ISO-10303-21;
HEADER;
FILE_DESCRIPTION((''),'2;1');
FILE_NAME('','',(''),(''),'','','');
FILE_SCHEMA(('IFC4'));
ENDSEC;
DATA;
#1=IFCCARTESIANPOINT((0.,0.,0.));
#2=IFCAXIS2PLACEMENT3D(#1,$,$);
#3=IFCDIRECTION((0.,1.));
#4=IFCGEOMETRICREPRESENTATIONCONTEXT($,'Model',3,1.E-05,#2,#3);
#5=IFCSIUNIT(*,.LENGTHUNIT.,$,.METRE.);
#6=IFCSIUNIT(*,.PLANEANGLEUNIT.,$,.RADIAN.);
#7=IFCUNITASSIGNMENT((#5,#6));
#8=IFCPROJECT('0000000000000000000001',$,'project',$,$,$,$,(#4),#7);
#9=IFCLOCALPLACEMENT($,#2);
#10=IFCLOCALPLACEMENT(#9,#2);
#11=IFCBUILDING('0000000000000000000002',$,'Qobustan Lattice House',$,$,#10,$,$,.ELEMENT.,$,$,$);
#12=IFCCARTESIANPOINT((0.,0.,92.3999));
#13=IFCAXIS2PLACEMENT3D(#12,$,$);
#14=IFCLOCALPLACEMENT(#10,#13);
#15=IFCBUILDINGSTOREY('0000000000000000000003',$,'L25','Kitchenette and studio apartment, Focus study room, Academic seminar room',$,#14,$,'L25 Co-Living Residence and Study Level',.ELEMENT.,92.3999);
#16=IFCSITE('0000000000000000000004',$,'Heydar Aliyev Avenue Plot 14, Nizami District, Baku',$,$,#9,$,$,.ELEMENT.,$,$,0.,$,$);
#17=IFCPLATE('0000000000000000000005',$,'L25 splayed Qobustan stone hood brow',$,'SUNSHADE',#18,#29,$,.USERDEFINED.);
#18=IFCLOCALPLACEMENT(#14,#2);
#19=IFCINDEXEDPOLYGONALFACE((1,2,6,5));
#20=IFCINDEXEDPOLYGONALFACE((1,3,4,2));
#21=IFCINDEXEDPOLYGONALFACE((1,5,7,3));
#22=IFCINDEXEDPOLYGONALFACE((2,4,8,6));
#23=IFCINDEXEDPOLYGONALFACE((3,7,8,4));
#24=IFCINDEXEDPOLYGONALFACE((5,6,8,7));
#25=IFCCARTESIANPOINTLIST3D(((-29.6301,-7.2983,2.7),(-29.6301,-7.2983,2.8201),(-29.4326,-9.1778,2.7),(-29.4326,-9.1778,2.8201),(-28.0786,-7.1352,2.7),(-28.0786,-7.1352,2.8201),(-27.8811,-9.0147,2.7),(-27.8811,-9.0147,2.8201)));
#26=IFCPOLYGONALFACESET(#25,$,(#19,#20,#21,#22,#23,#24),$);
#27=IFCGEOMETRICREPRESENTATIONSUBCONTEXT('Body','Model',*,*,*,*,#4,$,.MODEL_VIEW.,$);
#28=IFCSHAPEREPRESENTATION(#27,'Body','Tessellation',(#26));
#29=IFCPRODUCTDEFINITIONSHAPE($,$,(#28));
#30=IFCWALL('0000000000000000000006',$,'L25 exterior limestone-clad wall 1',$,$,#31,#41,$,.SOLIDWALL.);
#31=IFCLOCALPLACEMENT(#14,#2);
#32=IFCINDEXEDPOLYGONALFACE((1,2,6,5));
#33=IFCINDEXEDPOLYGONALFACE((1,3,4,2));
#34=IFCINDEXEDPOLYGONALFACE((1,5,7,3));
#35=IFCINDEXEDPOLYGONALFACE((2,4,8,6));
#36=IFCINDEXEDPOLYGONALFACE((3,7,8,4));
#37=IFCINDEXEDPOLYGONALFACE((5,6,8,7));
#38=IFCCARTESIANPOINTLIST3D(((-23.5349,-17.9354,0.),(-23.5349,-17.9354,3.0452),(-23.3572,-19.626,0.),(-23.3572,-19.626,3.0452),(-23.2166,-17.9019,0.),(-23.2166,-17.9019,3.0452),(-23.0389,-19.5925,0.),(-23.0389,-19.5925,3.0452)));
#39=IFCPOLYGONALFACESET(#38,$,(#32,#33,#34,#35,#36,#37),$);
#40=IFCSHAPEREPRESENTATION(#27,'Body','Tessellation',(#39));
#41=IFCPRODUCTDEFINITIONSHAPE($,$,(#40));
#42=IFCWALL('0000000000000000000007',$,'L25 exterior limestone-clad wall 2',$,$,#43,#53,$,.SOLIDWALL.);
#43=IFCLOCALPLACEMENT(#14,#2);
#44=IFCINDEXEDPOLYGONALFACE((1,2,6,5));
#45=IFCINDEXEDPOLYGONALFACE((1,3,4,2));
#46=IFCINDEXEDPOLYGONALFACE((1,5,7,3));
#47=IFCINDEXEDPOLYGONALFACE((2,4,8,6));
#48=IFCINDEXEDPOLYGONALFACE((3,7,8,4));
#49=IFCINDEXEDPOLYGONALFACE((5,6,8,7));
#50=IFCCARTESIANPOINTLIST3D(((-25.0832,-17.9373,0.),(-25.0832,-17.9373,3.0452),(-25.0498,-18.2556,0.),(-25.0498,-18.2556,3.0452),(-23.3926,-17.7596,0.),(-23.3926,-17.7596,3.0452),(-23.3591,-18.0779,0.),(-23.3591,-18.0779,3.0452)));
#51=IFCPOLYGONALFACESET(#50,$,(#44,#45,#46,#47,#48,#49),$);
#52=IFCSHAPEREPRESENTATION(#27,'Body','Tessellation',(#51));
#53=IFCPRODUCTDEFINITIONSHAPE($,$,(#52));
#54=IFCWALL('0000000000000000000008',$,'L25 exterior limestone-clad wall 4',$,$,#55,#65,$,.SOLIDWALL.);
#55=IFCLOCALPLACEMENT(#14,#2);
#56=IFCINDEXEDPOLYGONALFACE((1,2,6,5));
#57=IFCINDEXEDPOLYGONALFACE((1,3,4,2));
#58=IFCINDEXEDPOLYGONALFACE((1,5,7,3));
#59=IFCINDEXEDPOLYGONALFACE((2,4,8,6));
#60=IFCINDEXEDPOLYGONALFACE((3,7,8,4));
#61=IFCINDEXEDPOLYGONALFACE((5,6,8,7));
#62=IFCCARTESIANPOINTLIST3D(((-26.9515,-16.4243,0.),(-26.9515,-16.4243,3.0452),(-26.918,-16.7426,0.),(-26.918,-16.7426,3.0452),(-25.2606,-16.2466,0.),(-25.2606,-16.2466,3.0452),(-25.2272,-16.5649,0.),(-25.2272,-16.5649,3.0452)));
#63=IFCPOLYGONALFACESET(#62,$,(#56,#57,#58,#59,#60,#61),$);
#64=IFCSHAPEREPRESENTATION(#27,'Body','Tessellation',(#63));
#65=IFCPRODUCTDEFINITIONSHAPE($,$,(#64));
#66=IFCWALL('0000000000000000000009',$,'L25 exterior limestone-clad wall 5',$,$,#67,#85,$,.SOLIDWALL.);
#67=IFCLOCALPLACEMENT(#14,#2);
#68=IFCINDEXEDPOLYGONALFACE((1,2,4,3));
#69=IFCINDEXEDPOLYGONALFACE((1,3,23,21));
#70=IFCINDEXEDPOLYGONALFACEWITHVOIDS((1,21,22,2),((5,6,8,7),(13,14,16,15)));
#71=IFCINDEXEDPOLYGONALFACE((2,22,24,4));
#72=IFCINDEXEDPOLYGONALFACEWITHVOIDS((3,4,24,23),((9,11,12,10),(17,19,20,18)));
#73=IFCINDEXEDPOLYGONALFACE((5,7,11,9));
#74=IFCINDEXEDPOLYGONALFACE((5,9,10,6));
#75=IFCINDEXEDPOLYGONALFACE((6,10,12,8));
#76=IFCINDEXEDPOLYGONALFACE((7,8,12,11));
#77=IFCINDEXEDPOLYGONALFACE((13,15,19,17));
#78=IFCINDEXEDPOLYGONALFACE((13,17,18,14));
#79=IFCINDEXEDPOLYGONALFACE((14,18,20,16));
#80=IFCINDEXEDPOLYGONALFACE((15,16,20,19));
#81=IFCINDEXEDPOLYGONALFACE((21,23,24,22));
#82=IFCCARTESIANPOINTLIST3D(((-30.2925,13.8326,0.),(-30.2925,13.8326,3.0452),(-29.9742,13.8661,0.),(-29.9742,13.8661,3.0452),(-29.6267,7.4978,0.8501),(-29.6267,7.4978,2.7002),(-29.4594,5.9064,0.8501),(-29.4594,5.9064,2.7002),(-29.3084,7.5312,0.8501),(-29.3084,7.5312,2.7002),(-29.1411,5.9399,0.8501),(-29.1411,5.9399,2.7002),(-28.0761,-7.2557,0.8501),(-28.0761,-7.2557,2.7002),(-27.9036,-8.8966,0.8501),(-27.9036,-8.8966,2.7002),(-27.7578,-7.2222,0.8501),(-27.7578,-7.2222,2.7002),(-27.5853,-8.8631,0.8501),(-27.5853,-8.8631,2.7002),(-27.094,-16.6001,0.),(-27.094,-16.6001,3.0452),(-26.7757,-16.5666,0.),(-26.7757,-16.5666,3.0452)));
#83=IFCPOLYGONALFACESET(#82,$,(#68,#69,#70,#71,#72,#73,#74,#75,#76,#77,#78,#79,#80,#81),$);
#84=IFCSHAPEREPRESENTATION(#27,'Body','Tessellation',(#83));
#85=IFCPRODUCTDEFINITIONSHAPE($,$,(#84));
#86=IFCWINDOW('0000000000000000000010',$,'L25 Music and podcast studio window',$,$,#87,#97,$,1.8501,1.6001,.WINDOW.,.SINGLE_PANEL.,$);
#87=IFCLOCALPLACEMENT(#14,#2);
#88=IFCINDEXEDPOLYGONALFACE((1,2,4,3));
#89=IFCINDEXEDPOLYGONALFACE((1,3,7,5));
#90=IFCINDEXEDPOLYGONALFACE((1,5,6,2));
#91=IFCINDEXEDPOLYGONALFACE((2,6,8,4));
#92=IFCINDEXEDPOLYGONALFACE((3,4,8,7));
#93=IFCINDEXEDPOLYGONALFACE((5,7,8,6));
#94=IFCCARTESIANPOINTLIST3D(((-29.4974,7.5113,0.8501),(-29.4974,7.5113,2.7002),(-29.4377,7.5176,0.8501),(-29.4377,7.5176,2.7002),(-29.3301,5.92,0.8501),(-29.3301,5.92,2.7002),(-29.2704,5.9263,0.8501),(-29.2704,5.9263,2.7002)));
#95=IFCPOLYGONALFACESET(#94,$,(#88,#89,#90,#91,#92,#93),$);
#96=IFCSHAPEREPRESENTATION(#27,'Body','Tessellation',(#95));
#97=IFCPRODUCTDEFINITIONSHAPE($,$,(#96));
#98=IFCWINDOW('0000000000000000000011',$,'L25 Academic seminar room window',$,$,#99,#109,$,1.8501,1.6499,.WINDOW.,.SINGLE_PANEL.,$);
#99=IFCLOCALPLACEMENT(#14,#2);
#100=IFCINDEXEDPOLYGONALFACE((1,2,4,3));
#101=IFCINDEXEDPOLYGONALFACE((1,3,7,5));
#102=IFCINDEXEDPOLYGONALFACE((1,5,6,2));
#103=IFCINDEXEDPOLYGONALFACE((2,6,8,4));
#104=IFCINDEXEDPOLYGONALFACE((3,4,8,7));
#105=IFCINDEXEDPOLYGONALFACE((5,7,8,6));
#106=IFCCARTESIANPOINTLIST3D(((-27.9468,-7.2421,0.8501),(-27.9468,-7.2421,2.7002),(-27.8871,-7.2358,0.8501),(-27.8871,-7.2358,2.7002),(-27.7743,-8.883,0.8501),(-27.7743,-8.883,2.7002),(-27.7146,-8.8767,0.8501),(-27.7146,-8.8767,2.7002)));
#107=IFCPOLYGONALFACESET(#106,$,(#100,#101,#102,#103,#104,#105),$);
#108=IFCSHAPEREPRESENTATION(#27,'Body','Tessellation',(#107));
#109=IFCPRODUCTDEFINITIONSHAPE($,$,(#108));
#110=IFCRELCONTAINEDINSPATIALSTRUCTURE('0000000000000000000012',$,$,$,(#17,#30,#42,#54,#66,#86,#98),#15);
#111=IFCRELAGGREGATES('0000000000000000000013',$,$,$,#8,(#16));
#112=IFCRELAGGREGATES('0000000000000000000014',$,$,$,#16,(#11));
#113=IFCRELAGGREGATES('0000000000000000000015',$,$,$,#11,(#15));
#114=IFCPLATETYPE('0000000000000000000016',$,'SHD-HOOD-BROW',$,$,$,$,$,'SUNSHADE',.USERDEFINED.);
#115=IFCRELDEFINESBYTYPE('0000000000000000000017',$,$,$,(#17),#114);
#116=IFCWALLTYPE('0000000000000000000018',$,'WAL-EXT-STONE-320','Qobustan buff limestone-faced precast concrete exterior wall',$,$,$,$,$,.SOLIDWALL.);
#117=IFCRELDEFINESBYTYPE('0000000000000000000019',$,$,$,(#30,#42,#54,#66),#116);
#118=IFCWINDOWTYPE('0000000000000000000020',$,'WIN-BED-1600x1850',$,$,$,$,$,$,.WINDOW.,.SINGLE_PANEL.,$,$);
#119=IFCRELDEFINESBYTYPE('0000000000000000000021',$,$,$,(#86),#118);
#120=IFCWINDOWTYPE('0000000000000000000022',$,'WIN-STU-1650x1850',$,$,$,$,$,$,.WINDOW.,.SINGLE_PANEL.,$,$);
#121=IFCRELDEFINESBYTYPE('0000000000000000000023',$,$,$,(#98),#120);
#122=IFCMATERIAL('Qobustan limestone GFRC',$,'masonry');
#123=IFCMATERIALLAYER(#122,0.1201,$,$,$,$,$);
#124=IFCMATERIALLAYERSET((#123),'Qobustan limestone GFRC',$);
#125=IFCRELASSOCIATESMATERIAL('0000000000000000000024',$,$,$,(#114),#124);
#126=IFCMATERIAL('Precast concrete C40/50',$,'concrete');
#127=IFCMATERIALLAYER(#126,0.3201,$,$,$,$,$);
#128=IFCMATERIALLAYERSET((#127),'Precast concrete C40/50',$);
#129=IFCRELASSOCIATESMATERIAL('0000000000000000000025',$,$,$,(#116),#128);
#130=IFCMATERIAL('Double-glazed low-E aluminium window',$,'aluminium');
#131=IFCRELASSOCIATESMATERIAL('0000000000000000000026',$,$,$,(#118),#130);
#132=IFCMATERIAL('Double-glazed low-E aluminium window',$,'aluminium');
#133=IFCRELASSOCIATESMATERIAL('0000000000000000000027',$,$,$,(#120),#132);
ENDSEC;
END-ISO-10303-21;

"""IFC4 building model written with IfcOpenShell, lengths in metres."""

from ifc_helpers import new_model, si_unit, direction, frame, frame_2d, origin, origin_2d, place, context, subcontext, project, spatial, rectangle, extrude, material, layer, layer_set, type_object, element, fill, save


model = new_model("IFC4")

# Units and contexts
model_context = context("Model", 3, precision=1e-05, world=origin(), true_north=direction((0.0, 1.0)))
body_context = subcontext(model_context, "Body", "Model", "MODEL_VIEW")
ifc_project = project(units=[si_unit("LENGTHUNIT", "METRE"), si_unit("PLANEANGLEUNIT", "RADIAN")], contexts=[model_context])

# Site, building, storey
site_placement = place(None, origin())
site = spatial("IfcSite", under=ifc_project, at=site_placement, Name="Heydar Aliyev Avenue Plot 14, Nizami District, Baku", CompositionType="ELEMENT", RefElevation=0.0)
building_placement = place(site_placement, origin())
building = spatial("IfcBuilding", under=site, at=building_placement, Name="Qobustan Lattice House", CompositionType="ELEMENT")
storey_placement = place(building_placement, frame((0.0, 0.0, 92.3999)))
storey = spatial("IfcBuildingStorey", under=building, at=storey_placement, Name="L25", Description="Kitchenette and studio apartment, Focus study room, Academic seminar room", LongName="L25 Co-Living Residence and Study Level", CompositionType="ELEMENT", Elevation=92.3999)

# Plate
ifc_material_1 = material(Name="Qobustan limestone GFRC", Category="masonry")
ifc_layer_1 = layer(ifc_material_1, 0.1201)
ifc_layer_set_1 = layer_set([ifc_layer_1], Name="Qobustan limestone GFRC")
plate_type_1 = type_object("IfcPlateType", Name="SHD-HOOD-BROW", ElementType="SUNSHADE", PredefinedType="USERDEFINED", material=ifc_layer_set_1)
plate_1_placement = place(storey_placement, frame((-28.7556, -8.1565, 2.7), z_axis=(0.0, 0.0, 1.0), x_axis=(-0.104528, 0.994522, 0.0)))
element("IfcPlate", 1, at=plate_1_placement, inside=storey, type_object=plate_type_1, Name="L25 splayed Qobustan stone hood brow", ObjectType="SUNSHADE", PredefinedType="USERDEFINED", context=body_context, shape_type="SweptSolid", body=[
    extrude(rectangle(XDim=1.8899, YDim=1.5601, at=origin_2d()), origin(), (0.0, 0.0, 1.0), 0.1201),
])

# Walls
ifc_material_2 = material(Name="Precast concrete C40/50", Category="concrete")
ifc_layer_2 = layer(ifc_material_2, 0.3201)
ifc_layer_set_2 = layer_set([ifc_layer_2], Name="Precast concrete C40/50")
wall_type = type_object("IfcWallType", Name="WAL-EXT-STONE-320", Description="Qobustan buff limestone-faced precast concrete exterior wall", PredefinedType="SOLIDWALL", material=ifc_layer_set_2)
for number, where, z_axis, x_axis, name in (
    (2, (-23.198, -19.6094, 0.0), (0.0, 0.0, 1.0), (-0.10455, 0.99452, 0.0), "L25 exterior limestone-clad wall 1"),
    (3, (-23.3757, -17.9187, 0.0), (0.0, 0.0, 1.0), (-0.99452, -0.10455, 0.0), "L25 exterior limestone-clad wall 2"),
):
    element("IfcWall", number, at=place(storey_placement, frame(where, z_axis=z_axis, x_axis=x_axis)), inside=storey, type_object=wall_type, Name=name, PredefinedType="SOLIDWALL", context=body_context, shape_type="SweptSolid", body=[
        extrude(rectangle(XDim=1.7, YDim=0.3201, at=frame_2d((0.8501, 0.0))), origin(), (0.0, 0.0, 1.0), 3.0452),
    ])
wall_1_placement = place(storey_placement, frame((-25.2439, -16.4058, 0.0), z_axis=(0.0, 0.0, 1.0), x_axis=(-0.994521, -0.104535, 0.0)))
element("IfcWall", 4, at=wall_1_placement, inside=storey, type_object=wall_type, Name="L25 exterior limestone-clad wall 4", PredefinedType="SOLIDWALL", context=body_context, shape_type="SweptSolid", body=[
    extrude(rectangle(XDim=1.7002, YDim=0.3201, at=frame_2d((0.8501, 0.0))), origin(), (0.0, 0.0, 1.0), 3.0452),
])

# Wall, openings, windows
wall_2_placement = place(storey_placement, frame((-26.9348, -16.5835, 0.0), z_axis=(0.0, 0.0, 1.0), x_axis=(-0.104525, 0.994522, 0.0)))
wall_2 = element("IfcWall", 5, at=wall_2_placement, inside=storey, type_object=wall_type, Name="L25 exterior limestone-clad wall 5", PredefinedType="SOLIDWALL", context=body_context, shape_type="SweptSolid", body=[
    extrude(rectangle(XDim=30.6003, YDim=0.3201, at=frame_2d((15.3003, 0.0))), origin(), (0.0, 0.0, 1.0), 3.0452),
])
opening_1_placement = place(wall_2_placement, frame((7.7461, 0.0, 0.8501)))
opening_1 = element("IfcOpeningElement", 6, at=opening_1_placement, cuts=wall_2, PredefinedType="OPENING", context=body_context, shape_type="SweptSolid", body=[
    extrude(rectangle(XDim=1.6499, YDim=1.8501, at=frame_2d((0.825, 0.925))), frame((0.0, 0.1699, 0.0), z_axis=(0.0, -1.0, 0.0), x_axis=(1.0, 0.0, 0.0)), (0.0, 0.0, 1.0), 0.3401),
])
opening_2_placement = place(wall_2_placement, frame((22.6306, 0.0, 0.8501)))
opening_2 = element("IfcOpeningElement", 7, at=opening_2_placement, cuts=wall_2, PredefinedType="OPENING", context=body_context, shape_type="SweptSolid", body=[
    extrude(rectangle(XDim=1.6001, YDim=1.8501, at=frame_2d((0.8, 0.925))), frame((0.0, 0.1699, 0.0), z_axis=(0.0, -1.0, 0.0), x_axis=(1.0, 0.0, 0.0)), (0.0, 0.0, 1.0), 0.3401),
])
ifc_material_3 = material(Name="Double-glazed low-E aluminium window", Category="aluminium")
window_type_1 = type_object("IfcWindowType", Name="WIN-BED-1600x1850", PartitioningType="SINGLE_PANEL", PredefinedType="WINDOW", material=ifc_material_3)
window_1_placement = place(opening_2_placement, origin())
window_1 = element("IfcWindow", 8, at=window_1_placement, inside=storey, type_object=window_type_1, Name="L25 Music and podcast studio window", OverallHeight=1.8501, OverallWidth=1.6001, PartitioningType="SINGLE_PANEL", PredefinedType="WINDOW", context=body_context, shape_type="SweptSolid", body=[
    extrude(rectangle(XDim=1.6001, YDim=1.8501, at=frame_2d((0.8, 0.925))), frame((0.0, 0.03, 0.0), z_axis=(0.0, -1.0, 0.0), x_axis=(1.0, 0.0, 0.0)), (0.0, 0.0, 1.0), 0.0601),
])
fill(opening_2, window_1)
ifc_material_4 = material(Name="Double-glazed low-E aluminium window", Category="aluminium")
window_type_2 = type_object("IfcWindowType", Name="WIN-STU-1650x1850", PartitioningType="SINGLE_PANEL", PredefinedType="WINDOW", material=ifc_material_4)
window_2_placement = place(opening_1_placement, origin())
window_2 = element("IfcWindow", 9, at=window_2_placement, inside=storey, type_object=window_type_2, Name="L25 Academic seminar room window", OverallHeight=1.8501, OverallWidth=1.6499, PartitioningType="SINGLE_PANEL", PredefinedType="WINDOW", context=body_context, shape_type="SweptSolid", body=[
    extrude(rectangle(XDim=1.6499, YDim=1.8501, at=frame_2d((0.825, 0.925))), frame((0.0, 0.03, 0.0), z_axis=(0.0, -1.0, 0.0), x_axis=(1.0, 0.0, 0.0)), (0.0, 0.0, 1.0), 0.0601),
])
fill(opening_1, window_2)

save(model, "model.ifc")
